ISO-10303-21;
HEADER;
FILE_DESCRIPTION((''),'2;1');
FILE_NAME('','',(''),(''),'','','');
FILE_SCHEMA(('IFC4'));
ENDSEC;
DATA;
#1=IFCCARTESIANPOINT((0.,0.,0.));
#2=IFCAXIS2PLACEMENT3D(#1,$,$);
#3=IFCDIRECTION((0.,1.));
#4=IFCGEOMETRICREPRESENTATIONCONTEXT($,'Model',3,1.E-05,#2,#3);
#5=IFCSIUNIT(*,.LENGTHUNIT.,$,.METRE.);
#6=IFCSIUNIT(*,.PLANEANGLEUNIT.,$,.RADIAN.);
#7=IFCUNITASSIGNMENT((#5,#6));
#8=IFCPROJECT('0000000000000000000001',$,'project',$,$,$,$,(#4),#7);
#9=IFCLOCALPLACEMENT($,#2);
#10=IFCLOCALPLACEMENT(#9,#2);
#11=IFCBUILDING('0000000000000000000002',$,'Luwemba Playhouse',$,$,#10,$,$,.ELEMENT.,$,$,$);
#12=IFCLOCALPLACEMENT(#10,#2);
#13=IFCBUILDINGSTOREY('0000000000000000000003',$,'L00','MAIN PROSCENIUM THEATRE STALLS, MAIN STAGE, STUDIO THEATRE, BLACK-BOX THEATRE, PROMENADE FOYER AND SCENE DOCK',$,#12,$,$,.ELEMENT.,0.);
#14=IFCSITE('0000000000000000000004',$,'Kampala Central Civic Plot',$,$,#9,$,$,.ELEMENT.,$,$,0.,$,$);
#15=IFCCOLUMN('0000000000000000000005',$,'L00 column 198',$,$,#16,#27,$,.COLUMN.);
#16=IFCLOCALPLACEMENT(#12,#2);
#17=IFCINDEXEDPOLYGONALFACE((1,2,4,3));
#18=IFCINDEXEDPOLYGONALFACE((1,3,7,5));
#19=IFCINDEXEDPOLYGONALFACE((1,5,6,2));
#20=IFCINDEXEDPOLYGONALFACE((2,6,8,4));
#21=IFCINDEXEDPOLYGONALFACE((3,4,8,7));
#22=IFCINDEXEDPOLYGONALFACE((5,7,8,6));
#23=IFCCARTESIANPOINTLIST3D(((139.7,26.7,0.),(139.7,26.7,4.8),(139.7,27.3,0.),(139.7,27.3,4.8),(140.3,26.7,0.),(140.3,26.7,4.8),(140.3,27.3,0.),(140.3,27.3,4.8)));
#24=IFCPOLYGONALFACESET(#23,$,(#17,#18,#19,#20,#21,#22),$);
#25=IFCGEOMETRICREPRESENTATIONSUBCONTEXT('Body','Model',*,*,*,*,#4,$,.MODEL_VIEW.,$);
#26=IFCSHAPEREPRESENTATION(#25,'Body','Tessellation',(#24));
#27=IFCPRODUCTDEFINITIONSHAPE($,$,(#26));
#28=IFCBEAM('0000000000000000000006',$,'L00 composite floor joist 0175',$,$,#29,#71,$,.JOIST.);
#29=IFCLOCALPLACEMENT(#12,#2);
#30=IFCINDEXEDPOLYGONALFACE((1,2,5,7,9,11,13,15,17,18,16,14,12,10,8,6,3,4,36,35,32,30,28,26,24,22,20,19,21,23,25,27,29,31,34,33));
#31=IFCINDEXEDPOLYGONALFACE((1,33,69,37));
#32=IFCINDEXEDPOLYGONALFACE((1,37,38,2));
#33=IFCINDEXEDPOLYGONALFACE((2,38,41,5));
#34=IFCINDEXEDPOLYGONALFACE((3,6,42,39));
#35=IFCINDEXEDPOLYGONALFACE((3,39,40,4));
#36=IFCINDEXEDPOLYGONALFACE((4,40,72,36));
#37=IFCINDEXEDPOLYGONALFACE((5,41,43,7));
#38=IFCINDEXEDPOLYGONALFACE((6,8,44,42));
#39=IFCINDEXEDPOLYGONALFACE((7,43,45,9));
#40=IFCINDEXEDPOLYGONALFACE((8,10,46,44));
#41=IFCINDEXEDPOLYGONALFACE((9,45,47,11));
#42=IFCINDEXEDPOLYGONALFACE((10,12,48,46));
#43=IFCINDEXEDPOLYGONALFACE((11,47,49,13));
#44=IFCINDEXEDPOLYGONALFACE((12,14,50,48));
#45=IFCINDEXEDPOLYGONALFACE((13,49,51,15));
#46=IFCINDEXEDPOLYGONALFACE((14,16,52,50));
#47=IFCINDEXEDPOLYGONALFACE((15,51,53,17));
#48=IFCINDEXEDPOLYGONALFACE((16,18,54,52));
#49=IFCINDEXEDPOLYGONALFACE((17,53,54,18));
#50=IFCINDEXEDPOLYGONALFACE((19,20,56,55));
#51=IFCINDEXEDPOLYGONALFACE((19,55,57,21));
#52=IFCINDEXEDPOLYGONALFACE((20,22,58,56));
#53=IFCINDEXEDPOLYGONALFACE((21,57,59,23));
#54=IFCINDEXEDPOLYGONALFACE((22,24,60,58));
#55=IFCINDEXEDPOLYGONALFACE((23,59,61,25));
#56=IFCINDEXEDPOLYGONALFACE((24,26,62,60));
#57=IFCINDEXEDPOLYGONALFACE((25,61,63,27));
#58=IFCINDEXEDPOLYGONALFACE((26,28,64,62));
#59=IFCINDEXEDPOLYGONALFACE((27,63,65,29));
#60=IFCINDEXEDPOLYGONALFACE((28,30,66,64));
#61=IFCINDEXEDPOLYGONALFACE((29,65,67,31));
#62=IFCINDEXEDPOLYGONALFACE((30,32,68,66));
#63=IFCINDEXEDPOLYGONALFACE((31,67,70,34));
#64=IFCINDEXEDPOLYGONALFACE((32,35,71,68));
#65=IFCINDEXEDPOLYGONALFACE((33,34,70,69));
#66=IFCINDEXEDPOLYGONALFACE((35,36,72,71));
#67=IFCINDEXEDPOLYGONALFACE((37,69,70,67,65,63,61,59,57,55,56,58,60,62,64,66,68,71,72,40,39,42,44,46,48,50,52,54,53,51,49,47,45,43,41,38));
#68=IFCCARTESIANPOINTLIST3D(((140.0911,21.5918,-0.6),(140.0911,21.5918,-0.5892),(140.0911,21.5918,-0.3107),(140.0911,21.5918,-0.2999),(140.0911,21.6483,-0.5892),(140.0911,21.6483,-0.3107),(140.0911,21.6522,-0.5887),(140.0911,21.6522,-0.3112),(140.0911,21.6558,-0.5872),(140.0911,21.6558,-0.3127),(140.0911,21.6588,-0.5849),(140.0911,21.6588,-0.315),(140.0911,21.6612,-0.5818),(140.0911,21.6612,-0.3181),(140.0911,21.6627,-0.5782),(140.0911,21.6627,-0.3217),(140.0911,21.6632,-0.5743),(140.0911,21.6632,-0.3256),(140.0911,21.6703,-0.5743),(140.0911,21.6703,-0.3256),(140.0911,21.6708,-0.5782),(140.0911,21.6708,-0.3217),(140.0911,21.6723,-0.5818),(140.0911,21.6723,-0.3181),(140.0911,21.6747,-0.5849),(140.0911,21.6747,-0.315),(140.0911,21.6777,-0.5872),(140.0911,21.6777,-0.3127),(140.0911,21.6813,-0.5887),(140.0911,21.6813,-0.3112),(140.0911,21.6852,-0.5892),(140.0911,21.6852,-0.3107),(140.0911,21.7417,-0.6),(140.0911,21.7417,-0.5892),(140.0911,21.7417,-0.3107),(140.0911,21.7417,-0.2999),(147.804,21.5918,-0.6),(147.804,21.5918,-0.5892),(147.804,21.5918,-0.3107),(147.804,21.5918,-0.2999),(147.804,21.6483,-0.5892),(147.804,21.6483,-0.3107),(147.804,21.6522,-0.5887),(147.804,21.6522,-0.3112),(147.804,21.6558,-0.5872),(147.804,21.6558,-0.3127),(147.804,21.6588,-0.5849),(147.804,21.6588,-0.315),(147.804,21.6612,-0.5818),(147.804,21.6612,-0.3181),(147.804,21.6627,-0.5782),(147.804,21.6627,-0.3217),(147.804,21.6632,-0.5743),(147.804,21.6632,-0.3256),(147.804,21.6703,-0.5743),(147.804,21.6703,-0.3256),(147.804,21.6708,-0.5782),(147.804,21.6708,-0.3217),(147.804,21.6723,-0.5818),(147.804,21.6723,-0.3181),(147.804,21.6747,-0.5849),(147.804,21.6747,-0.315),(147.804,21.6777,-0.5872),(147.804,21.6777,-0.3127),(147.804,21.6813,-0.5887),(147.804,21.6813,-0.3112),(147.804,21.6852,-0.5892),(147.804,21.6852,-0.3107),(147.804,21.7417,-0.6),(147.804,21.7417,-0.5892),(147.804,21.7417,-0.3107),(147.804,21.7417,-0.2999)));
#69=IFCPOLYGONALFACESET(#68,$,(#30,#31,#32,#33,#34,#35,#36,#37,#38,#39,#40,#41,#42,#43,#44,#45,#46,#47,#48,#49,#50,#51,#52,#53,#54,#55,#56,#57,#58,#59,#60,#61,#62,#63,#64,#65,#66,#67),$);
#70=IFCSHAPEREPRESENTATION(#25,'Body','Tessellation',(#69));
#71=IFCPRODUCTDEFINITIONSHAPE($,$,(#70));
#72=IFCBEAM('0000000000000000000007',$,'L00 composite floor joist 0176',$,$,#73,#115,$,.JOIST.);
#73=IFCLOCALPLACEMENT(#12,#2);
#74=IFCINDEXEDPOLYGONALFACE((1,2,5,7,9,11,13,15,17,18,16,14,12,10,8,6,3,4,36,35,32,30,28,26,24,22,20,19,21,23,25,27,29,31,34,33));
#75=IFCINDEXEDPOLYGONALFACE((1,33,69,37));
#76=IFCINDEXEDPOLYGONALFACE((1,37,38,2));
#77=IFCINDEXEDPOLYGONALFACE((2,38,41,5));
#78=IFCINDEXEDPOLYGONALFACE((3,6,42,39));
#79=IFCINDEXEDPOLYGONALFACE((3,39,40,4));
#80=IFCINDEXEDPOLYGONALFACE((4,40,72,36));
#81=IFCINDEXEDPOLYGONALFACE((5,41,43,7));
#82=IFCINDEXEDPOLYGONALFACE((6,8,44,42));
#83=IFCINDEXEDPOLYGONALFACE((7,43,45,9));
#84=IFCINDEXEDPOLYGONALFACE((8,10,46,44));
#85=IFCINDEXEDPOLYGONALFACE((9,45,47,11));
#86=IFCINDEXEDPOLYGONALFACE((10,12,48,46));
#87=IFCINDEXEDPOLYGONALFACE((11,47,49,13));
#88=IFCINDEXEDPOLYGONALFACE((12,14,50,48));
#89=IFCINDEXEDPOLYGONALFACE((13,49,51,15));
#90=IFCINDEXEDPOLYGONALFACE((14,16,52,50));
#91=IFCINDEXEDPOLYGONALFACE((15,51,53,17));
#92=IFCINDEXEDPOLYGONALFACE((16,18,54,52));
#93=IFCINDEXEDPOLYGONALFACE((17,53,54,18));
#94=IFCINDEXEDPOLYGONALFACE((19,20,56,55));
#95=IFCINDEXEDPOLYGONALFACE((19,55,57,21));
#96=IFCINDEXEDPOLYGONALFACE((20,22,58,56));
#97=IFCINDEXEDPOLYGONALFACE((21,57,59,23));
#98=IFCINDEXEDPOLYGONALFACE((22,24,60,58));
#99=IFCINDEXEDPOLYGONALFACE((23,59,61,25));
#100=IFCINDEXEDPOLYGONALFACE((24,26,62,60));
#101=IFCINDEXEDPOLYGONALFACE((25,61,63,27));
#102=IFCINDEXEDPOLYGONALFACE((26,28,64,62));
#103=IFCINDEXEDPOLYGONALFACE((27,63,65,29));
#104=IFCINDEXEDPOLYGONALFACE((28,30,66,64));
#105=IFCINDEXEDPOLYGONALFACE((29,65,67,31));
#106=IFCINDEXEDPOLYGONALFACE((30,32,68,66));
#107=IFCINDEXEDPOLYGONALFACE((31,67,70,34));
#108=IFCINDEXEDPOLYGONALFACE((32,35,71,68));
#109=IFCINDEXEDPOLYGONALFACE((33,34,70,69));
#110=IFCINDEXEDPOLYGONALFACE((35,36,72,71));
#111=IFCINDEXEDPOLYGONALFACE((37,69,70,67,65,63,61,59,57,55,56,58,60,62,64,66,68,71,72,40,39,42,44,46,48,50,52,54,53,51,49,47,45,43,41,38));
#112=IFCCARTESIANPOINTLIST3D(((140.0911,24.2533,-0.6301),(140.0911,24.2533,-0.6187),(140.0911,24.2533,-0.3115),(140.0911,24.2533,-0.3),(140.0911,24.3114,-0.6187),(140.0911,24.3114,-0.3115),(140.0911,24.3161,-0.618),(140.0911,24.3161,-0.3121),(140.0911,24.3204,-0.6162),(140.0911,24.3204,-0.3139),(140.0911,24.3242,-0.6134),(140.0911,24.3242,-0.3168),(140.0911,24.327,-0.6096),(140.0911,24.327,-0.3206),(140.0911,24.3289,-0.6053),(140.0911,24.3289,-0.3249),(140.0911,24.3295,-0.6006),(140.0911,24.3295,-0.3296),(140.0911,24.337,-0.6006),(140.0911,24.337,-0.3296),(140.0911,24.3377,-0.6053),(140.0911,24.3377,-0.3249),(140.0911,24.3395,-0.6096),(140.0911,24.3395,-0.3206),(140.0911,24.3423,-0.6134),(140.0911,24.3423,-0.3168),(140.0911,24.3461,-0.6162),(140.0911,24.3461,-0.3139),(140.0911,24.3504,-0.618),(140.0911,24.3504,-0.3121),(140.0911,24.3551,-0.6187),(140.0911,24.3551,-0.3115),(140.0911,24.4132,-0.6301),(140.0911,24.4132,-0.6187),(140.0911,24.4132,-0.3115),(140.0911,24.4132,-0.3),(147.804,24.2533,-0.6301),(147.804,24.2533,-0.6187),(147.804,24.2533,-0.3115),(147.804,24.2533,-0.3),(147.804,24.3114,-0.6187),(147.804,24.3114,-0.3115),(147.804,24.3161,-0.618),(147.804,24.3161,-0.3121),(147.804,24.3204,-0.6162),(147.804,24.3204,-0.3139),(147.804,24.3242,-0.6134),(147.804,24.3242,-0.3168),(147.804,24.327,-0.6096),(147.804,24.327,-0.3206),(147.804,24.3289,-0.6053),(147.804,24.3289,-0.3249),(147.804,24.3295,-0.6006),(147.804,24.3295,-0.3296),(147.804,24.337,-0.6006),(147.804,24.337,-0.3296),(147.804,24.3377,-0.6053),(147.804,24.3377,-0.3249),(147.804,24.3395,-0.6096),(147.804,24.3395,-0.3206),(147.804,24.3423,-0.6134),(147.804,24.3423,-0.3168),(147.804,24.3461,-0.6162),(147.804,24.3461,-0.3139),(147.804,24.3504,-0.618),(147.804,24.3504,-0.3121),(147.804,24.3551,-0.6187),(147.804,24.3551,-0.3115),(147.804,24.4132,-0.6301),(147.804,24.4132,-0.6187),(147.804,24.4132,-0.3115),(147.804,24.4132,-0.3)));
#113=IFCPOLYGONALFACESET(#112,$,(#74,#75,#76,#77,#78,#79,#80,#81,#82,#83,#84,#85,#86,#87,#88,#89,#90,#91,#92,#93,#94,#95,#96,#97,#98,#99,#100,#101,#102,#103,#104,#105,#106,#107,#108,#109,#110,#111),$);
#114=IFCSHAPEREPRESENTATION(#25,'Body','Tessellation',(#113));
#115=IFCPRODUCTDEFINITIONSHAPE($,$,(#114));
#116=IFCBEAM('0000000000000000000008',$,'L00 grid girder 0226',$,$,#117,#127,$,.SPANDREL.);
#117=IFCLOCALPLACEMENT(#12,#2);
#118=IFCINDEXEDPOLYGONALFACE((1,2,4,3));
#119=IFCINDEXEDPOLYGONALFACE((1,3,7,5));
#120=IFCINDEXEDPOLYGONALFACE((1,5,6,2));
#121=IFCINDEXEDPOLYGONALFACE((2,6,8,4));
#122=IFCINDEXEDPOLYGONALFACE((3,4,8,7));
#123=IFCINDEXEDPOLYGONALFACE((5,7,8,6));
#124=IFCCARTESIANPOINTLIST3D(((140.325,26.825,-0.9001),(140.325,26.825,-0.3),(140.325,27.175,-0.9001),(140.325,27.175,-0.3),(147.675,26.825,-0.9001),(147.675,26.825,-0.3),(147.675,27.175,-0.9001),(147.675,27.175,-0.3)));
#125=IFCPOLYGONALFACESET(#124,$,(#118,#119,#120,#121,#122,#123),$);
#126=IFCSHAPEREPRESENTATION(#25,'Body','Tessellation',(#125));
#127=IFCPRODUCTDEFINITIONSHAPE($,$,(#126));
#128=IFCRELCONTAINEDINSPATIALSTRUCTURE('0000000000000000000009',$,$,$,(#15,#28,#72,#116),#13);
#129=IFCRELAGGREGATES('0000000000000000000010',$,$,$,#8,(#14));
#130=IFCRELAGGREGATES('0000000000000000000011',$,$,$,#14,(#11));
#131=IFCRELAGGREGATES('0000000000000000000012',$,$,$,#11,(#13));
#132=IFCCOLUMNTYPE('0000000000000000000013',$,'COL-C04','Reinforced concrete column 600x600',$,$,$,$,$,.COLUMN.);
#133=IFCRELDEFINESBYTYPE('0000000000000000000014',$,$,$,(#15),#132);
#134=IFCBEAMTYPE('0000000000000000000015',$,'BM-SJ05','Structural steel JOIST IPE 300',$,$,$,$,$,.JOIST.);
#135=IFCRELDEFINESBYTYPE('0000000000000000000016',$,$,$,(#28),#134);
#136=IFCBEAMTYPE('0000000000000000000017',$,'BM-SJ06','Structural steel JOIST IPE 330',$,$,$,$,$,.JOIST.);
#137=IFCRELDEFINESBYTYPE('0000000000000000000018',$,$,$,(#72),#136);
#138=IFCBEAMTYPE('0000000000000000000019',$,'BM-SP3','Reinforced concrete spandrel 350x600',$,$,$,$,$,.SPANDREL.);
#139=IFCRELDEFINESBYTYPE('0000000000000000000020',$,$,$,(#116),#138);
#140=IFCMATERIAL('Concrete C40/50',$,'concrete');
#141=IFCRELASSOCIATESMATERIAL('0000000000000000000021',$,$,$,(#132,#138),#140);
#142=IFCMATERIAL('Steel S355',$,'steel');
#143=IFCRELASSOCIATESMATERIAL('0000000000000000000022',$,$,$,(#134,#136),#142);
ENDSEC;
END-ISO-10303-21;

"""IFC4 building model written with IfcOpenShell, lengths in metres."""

from ifc_helpers import new_model, si_unit, direction, frame, origin, origin_2d, place, context, subcontext, project, spatial, rectangle, i_section, extrude, material, material_profile, profile_set, type_object, element, save


model = new_model("IFC4")

# Units and contexts
model_context = context("Model", 3, precision=1e-05, world=origin(), true_north=direction((0.0, 1.0)))
body_context = subcontext(model_context, "Body", "Model", "MODEL_VIEW")
ifc_project = project(units=[si_unit("LENGTHUNIT", "METRE"), si_unit("PLANEANGLEUNIT", "RADIAN")], contexts=[model_context])

# Site, building, storey
site_placement = place(None, origin())
site = spatial("IfcSite", under=ifc_project, at=site_placement, Name="Kampala Central Civic Plot", CompositionType="ELEMENT", RefElevation=0.0)
building_placement = place(site_placement, origin())
building = spatial("IfcBuilding", under=site, at=building_placement, Name="Luwemba Playhouse", CompositionType="ELEMENT")
storey_placement = place(building_placement, origin())
storey = spatial("IfcBuildingStorey", under=building, at=storey_placement, Name="L00", Description="MAIN PROSCENIUM THEATRE STALLS, MAIN STAGE, STUDIO THEATRE, BLACK-BOX THEATRE, PROMENADE FOYER AND SCENE DOCK", CompositionType="ELEMENT", Elevation=0.0)

# Column
ifc_material_1 = material(Name="Concrete C40/50", Category="concrete")
ifc_material_profile_1 = material_profile(ifc_material_1, rectangle(XDim=0.6001, YDim=0.6001, at=origin_2d()))
ifc_profile_set_1 = profile_set([ifc_material_profile_1], Name="Concrete C40/50")
column_type = type_object("IfcColumnType", Name="COL-C04", Description="Reinforced concrete column 600x600", PredefinedType="COLUMN", material=ifc_profile_set_1)
column_placement = place(storey_placement, frame((140.0, 27.0, 0.0), z_axis=(0.0, 0.0, 1.0), x_axis=(1.0, 0.0, 0.0)))
element("IfcColumn", 1, at=column_placement, inside=storey, type_object=column_type, Name="L00 column 198", PredefinedType="COLUMN", context=body_context, shape_type="SweptSolid", body=[
    extrude(rectangle(XDim=0.6001, YDim=0.6001, at=origin_2d()), origin(), (0.0, 0.0, 1.0), 4.8),
])

# Beams
ifc_material_2 = material(Name="Steel S355", Category="steel")
ifc_material_profile_2 = material_profile(ifc_material_2, i_section(OverallWidth=0.1499, OverallDepth=0.3, WebThickness=0.0071, FlangeThickness=0.0107, FilletRadius=0.0149, at=origin_2d()))
ifc_profile_set_2 = profile_set([ifc_material_profile_2], Name="Steel S355")
beam_type_1 = type_object("IfcBeamType", Name="BM-SJ05", Description="Structural steel JOIST IPE 300", PredefinedType="JOIST", material=ifc_profile_set_2)
beam_1_placement = place(storey_placement, frame((140.0911, 21.6667, -0.45), z_axis=(1.0, 0.0, 0.0), x_axis=(0.0, 1.0, 0.0)))
element("IfcBeam", 2, at=beam_1_placement, inside=storey, type_object=beam_type_1, Name="L00 composite floor joist 0175", PredefinedType="JOIST", context=body_context, shape_type="SweptSolid", body=[
    extrude(i_section(OverallWidth=0.1499, OverallDepth=0.3, WebThickness=0.0071, FlangeThickness=0.0107, FilletRadius=0.0149, at=origin_2d()), origin(), (0.0, 0.0, 1.0), 7.7129),
])
ifc_material_profile_3 = material_profile(ifc_material_2, i_section(OverallWidth=0.1599, OverallDepth=0.3301, WebThickness=0.0076, FlangeThickness=0.0115, FilletRadius=0.0181, at=origin_2d()))
ifc_profile_set_3 = profile_set([ifc_material_profile_3], Name="Steel S355")
beam_type_2 = type_object("IfcBeamType", Name="BM-SJ06", Description="Structural steel JOIST IPE 330", PredefinedType="JOIST", material=ifc_profile_set_3)
beam_2_placement = place(storey_placement, frame((140.0911, 24.3333, -0.4651), z_axis=(1.0, 0.0, 0.0), x_axis=(0.0, 1.0, 0.0)))
element("IfcBeam", 3, at=beam_2_placement, inside=storey, type_object=beam_type_2, Name="L00 composite floor joist 0176", PredefinedType="JOIST", context=body_context, shape_type="SweptSolid", body=[
    extrude(i_section(OverallWidth=0.1599, OverallDepth=0.3301, WebThickness=0.0076, FlangeThickness=0.0115, FilletRadius=0.0181, at=origin_2d()), origin(), (0.0, 0.0, 1.0), 7.7129),
])
ifc_material_profile_4 = material_profile(ifc_material_1, rectangle(XDim=0.3501, YDim=0.6001, at=origin_2d()))
ifc_profile_set_4 = profile_set([ifc_material_profile_4], Name="Concrete C40/50")
beam_type_3 = type_object("IfcBeamType", Name="BM-SP3", Description="Reinforced concrete spandrel 350x600", PredefinedType="SPANDREL", material=ifc_profile_set_4)
beam_3_placement = place(storey_placement, frame((140.325, 27.0, -0.6001), z_axis=(1.0, 0.0, 0.0), x_axis=(0.0, 1.0, 0.0)))
element("IfcBeam", 4, at=beam_3_placement, inside=storey, type_object=beam_type_3, Name="L00 grid girder 0226", PredefinedType="SPANDREL", context=body_context, shape_type="SweptSolid", body=[
    extrude(rectangle(XDim=0.3501, YDim=0.6001, at=origin_2d()), origin(), (0.0, 0.0, 1.0), 7.3501),
])

save(model, "model.ifc")
